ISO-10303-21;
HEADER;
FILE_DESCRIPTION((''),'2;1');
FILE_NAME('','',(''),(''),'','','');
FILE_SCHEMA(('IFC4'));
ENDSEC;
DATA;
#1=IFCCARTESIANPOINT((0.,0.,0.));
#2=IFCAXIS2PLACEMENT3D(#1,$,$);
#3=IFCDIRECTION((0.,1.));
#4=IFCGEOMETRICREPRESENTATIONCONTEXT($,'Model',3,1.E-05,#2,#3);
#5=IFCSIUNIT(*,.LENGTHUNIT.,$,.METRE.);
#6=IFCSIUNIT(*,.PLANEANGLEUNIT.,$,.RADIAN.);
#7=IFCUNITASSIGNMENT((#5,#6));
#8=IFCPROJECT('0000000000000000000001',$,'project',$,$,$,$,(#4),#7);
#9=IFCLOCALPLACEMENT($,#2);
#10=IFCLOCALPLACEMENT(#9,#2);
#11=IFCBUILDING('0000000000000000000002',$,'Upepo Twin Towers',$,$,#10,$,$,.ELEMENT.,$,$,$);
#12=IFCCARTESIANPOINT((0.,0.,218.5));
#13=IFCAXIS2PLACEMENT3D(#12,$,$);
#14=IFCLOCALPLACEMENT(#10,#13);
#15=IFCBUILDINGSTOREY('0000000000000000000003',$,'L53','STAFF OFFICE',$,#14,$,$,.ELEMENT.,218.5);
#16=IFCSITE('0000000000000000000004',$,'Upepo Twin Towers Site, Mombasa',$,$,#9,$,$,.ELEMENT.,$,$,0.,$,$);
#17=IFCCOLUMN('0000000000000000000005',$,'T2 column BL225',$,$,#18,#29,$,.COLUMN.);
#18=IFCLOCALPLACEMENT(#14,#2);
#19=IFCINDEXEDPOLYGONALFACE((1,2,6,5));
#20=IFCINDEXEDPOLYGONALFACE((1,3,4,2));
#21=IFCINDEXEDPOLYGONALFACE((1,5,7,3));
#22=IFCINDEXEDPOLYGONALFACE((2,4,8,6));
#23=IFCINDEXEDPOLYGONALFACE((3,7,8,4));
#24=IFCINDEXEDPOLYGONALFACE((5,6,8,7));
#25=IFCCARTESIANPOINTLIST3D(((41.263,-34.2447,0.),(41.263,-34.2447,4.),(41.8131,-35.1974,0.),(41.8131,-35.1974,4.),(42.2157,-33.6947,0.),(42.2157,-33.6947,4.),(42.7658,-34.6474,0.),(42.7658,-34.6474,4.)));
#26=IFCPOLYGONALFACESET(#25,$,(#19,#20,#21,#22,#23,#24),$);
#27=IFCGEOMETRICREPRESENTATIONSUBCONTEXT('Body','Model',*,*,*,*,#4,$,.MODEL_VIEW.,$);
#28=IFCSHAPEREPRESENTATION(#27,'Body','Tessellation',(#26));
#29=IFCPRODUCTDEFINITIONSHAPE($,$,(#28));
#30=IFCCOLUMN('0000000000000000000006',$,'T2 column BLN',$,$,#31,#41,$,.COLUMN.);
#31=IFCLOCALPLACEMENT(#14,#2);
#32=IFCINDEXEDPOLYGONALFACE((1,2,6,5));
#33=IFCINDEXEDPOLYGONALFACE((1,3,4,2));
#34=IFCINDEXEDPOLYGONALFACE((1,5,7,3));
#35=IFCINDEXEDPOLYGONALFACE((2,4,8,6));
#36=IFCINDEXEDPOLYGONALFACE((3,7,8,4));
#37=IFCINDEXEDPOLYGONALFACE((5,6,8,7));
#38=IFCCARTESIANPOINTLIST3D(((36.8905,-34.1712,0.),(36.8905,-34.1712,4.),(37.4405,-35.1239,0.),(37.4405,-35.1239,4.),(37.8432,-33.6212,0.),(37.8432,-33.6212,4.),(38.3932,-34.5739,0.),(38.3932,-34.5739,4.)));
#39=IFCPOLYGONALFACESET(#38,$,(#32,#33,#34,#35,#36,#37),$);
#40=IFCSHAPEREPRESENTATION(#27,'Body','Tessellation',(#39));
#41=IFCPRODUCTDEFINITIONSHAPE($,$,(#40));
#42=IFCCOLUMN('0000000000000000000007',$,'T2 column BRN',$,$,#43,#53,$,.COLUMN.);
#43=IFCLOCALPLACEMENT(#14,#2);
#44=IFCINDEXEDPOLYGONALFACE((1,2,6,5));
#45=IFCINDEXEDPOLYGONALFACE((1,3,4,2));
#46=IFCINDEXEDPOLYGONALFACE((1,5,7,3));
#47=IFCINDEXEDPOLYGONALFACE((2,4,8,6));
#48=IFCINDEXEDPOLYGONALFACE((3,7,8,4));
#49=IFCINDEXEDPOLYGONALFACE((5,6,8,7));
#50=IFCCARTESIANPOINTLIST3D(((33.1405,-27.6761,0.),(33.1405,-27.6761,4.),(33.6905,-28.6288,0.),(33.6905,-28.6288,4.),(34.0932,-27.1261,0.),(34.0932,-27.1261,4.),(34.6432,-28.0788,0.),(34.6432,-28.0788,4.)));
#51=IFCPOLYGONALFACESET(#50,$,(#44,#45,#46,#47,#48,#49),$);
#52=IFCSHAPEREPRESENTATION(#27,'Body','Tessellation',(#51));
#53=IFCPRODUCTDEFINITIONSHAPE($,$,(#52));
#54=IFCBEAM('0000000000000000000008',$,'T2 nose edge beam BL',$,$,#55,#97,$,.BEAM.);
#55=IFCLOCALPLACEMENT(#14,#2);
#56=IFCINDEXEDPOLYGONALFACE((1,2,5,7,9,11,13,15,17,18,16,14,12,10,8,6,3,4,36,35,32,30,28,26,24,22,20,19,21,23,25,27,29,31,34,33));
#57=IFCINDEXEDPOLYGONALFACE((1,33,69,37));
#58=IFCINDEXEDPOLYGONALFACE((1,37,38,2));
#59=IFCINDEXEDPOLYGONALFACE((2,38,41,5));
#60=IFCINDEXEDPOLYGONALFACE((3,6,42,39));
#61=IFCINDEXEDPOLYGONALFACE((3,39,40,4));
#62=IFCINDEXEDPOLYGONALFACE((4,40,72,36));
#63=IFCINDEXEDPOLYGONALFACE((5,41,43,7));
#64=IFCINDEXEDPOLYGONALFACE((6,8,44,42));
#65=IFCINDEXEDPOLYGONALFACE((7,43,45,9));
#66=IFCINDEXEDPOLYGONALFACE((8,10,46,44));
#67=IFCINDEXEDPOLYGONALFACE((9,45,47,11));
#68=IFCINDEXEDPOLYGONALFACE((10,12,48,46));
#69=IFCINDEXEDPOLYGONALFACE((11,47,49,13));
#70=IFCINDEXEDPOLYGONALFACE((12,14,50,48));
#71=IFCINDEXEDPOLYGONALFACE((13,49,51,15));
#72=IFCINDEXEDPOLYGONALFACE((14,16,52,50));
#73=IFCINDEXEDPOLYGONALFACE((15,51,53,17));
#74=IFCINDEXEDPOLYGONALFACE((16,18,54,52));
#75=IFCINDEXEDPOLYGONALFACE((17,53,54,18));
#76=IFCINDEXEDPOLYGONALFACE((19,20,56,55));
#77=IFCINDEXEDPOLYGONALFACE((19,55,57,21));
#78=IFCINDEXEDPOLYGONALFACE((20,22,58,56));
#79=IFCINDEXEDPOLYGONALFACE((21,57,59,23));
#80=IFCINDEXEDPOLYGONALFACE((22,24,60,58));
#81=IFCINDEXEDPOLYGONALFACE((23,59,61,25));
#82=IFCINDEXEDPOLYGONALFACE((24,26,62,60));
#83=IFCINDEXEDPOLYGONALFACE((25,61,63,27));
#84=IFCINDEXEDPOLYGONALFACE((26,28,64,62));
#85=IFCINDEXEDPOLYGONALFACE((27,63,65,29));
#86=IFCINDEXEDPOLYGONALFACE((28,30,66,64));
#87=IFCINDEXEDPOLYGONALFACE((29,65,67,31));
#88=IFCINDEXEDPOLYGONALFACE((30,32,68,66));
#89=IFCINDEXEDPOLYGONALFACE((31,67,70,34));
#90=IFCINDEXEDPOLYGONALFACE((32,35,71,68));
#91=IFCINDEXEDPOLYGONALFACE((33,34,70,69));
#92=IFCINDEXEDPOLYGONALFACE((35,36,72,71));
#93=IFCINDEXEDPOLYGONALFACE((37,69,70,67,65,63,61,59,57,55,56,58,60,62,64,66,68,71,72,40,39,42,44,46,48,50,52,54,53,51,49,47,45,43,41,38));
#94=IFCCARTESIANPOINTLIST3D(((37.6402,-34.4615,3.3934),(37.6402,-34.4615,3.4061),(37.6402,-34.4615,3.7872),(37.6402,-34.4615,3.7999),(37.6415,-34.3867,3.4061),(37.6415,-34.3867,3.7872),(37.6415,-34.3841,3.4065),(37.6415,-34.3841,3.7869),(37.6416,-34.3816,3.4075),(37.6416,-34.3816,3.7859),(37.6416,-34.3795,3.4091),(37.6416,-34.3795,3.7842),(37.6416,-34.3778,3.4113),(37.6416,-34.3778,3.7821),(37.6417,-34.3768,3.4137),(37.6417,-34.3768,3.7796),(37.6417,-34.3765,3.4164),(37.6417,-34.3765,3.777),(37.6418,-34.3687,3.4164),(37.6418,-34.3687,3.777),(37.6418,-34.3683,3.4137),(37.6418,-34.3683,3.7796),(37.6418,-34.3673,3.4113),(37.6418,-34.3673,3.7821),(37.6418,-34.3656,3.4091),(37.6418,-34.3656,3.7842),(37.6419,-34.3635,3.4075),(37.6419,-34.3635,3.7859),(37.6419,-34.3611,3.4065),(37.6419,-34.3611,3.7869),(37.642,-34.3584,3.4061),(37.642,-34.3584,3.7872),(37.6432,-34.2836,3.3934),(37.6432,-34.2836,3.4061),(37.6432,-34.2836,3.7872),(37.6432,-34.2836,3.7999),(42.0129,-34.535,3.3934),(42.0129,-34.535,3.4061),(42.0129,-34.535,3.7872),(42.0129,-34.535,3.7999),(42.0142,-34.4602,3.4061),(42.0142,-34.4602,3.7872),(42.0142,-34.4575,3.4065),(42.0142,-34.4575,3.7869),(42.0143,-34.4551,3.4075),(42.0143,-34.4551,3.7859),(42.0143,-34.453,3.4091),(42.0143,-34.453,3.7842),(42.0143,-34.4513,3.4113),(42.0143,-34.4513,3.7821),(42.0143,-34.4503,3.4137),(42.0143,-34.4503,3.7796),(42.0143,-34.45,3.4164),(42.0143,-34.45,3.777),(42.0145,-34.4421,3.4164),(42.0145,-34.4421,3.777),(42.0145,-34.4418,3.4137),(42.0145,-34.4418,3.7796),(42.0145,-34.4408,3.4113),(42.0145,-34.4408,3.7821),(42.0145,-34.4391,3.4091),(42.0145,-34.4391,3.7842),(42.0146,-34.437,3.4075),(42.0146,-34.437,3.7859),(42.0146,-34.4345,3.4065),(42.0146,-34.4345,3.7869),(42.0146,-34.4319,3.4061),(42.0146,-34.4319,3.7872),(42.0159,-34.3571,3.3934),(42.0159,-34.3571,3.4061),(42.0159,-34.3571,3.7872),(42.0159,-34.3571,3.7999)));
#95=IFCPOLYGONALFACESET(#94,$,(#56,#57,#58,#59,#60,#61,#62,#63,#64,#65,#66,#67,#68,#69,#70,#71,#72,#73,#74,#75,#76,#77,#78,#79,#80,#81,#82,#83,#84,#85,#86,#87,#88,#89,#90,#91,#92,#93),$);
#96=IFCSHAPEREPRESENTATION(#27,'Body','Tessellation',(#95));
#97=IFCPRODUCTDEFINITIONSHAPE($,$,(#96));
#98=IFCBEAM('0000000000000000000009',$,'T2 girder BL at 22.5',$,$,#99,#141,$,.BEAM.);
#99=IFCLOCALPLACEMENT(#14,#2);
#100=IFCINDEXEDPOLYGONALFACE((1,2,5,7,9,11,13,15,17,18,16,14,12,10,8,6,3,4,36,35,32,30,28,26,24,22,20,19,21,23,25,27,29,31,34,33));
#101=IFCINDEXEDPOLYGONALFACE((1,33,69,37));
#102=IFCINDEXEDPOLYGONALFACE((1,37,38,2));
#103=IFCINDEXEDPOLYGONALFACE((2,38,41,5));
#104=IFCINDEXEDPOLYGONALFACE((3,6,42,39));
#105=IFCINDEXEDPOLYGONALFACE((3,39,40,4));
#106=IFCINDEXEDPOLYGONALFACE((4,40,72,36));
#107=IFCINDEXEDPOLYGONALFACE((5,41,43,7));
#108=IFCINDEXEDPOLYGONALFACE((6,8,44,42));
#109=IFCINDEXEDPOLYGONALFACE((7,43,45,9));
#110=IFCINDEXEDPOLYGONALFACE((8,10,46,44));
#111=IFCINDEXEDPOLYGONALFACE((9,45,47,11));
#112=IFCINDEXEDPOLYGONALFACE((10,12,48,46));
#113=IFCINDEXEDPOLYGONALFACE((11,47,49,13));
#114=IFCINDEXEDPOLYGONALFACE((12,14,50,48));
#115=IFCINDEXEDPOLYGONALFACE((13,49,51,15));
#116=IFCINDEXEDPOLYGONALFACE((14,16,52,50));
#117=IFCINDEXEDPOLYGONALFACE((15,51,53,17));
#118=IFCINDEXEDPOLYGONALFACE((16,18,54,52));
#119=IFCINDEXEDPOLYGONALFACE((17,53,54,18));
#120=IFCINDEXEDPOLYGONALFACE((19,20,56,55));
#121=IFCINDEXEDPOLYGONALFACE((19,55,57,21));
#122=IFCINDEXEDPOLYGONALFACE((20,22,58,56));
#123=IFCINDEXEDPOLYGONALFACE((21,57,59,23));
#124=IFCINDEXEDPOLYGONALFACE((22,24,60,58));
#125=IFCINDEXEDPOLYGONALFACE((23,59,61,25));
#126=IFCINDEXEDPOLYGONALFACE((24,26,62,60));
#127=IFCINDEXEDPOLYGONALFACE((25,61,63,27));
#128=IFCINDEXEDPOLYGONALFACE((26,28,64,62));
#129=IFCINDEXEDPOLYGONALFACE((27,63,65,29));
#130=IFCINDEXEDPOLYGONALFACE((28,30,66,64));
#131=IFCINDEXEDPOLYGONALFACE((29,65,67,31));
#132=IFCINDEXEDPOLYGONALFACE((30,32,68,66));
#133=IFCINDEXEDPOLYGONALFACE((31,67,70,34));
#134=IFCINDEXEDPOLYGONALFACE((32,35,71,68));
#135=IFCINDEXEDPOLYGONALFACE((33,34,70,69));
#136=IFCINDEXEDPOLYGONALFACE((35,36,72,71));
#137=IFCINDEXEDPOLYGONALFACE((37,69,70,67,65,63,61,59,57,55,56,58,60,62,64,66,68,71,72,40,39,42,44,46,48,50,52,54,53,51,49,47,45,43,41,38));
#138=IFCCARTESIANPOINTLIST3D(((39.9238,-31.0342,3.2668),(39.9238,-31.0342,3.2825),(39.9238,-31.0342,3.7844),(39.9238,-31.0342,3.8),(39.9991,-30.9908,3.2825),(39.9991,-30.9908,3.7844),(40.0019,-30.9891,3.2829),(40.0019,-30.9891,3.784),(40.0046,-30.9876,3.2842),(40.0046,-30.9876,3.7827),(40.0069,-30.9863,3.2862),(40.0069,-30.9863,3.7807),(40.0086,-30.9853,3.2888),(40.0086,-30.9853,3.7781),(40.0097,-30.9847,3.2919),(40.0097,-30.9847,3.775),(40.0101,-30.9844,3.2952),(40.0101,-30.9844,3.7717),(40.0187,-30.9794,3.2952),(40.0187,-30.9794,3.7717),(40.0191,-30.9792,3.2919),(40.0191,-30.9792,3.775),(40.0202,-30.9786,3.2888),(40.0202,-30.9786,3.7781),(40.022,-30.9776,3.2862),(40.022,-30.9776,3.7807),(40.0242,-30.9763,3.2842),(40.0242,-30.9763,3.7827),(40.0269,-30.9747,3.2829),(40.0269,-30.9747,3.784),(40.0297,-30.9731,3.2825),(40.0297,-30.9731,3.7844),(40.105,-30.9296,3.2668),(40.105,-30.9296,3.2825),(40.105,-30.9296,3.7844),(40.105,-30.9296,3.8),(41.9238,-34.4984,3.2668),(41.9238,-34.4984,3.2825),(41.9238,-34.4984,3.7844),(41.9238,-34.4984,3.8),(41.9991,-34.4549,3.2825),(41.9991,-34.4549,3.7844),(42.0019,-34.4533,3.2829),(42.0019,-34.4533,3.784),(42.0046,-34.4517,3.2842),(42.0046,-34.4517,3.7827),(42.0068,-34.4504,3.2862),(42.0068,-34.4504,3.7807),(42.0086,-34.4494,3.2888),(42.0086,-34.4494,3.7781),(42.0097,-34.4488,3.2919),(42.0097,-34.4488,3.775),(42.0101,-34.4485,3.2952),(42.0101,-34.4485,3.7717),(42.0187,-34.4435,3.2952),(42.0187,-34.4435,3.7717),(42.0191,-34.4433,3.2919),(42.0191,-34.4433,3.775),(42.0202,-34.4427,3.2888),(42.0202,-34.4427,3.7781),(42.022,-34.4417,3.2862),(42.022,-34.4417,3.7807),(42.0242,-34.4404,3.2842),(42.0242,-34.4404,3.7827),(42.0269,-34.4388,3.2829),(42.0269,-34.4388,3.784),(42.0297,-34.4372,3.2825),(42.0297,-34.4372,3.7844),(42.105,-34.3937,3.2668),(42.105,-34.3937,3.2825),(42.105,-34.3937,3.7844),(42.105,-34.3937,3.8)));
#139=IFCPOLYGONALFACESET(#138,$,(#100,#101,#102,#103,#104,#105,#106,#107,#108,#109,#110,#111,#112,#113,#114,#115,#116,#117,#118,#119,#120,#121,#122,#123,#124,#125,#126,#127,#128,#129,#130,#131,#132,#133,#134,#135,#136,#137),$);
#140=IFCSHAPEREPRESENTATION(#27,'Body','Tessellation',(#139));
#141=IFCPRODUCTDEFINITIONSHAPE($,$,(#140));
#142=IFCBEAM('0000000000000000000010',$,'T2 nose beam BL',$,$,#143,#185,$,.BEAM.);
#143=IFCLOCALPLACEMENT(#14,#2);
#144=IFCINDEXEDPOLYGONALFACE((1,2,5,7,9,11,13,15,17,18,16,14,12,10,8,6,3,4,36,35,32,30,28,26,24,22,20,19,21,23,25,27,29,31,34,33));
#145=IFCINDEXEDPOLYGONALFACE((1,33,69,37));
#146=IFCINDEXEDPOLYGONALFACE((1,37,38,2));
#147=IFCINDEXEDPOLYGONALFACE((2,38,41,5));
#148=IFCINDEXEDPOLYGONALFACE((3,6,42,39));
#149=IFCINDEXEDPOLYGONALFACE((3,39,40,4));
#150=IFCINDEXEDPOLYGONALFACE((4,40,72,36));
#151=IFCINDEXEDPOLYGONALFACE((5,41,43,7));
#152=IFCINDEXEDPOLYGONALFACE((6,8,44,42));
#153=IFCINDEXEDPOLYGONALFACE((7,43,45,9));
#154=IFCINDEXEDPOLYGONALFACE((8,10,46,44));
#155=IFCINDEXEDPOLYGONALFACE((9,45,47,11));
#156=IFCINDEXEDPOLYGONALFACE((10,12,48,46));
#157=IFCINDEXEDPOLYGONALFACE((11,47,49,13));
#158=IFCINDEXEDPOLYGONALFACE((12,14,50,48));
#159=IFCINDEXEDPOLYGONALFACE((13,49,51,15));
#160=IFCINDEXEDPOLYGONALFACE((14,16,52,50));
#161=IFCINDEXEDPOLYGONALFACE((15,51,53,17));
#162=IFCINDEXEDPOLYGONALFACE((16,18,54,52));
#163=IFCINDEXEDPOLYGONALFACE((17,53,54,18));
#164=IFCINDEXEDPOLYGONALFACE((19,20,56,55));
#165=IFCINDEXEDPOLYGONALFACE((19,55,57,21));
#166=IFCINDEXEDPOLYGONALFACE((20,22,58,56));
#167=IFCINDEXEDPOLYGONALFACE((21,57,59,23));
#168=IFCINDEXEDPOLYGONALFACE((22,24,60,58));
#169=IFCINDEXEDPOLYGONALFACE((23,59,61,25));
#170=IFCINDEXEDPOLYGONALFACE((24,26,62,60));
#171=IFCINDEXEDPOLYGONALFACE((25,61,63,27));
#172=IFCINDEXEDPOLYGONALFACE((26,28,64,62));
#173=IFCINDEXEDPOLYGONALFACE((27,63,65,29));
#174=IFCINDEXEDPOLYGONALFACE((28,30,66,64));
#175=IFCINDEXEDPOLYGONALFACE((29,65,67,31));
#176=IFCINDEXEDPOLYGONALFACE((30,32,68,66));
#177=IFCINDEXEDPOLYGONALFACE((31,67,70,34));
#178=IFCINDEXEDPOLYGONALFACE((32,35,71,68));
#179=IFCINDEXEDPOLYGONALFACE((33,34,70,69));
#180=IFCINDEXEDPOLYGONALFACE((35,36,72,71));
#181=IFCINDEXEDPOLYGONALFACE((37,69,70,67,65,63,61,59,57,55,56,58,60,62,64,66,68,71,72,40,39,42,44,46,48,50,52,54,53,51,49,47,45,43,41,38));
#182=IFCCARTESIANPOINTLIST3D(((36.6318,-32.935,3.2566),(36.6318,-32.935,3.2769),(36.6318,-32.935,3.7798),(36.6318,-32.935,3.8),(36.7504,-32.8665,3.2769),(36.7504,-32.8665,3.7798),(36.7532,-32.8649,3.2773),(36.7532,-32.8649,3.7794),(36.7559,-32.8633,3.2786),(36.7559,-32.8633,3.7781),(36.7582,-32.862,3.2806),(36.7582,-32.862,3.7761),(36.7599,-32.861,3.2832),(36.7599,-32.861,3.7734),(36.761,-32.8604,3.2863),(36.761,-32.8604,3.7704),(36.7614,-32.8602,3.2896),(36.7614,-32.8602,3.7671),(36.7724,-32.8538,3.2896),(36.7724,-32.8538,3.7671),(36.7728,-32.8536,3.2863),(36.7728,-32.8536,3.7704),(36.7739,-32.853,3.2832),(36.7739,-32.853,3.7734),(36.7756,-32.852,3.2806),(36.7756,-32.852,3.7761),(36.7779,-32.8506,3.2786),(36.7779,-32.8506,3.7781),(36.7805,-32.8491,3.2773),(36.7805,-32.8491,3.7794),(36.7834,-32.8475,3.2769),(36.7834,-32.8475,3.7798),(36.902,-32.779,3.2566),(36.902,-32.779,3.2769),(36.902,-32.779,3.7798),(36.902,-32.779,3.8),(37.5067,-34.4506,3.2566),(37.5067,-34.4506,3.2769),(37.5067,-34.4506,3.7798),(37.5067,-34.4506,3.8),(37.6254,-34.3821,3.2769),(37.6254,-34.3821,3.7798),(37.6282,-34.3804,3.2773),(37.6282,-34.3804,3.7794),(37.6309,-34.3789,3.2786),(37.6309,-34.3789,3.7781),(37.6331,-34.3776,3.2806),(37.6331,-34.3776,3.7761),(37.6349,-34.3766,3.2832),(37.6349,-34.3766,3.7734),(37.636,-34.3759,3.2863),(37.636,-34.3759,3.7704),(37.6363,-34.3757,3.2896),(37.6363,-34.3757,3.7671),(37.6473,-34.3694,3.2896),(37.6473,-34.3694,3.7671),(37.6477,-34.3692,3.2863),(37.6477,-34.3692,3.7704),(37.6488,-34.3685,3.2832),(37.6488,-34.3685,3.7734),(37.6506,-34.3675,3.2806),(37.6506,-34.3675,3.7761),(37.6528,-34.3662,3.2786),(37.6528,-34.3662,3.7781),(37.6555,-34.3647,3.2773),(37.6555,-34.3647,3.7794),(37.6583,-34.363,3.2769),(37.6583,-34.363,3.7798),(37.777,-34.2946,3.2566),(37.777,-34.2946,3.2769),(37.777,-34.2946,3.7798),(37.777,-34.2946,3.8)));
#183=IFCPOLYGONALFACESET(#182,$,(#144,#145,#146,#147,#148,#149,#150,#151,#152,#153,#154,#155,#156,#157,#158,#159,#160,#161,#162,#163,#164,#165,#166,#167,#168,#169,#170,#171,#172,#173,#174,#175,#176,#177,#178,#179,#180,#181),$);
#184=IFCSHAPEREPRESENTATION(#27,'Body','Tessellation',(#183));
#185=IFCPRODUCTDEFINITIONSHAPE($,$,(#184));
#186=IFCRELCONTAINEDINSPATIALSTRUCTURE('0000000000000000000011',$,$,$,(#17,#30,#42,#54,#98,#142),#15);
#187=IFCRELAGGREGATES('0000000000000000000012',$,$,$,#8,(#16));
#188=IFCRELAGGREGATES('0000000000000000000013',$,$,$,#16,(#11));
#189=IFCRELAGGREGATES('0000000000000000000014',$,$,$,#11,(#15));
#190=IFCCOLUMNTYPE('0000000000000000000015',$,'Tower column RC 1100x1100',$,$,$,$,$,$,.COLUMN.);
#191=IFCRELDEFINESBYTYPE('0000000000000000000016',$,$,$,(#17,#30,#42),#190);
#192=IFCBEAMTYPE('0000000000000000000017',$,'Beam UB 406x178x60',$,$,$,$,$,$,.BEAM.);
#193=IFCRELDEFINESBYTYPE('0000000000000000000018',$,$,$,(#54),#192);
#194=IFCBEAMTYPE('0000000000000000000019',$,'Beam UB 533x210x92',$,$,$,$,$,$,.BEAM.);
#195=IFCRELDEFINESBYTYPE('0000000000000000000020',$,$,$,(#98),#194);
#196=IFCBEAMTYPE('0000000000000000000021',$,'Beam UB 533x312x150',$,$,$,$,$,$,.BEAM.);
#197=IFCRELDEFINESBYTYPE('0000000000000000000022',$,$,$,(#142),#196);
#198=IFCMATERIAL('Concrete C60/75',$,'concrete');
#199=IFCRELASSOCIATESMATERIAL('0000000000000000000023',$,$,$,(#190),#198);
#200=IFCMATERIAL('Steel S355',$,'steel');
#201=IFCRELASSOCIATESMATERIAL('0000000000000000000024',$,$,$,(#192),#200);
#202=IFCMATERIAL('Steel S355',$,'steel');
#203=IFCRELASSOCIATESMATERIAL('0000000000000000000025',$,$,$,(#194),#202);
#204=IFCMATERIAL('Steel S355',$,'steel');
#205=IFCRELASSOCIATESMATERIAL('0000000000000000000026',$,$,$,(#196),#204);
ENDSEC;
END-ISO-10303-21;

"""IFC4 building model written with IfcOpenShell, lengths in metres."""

from ifc_helpers import new_model, si_unit, direction, frame, origin, origin_2d, place, context, subcontext, project, spatial, rectangle, i_section, extrude, material, material_profile, profile_set, type_object, element, save


model = new_model("IFC4")

# Units and contexts
model_context = context("Model", 3, precision=1e-05, world=origin(), true_north=direction((0.0, 1.0)))
body_context = subcontext(model_context, "Body", "Model", "MODEL_VIEW")
ifc_project = project(units=[si_unit("LENGTHUNIT", "METRE"), si_unit("PLANEANGLEUNIT", "RADIAN")], contexts=[model_context])

# Site, building, storey
site_placement = place(None, origin())
site = spatial("IfcSite", under=ifc_project, at=site_placement, Name="Upepo Twin Towers Site, Mombasa", CompositionType="ELEMENT", RefElevation=0.0)
building_placement = place(site_placement, origin())
building = spatial("IfcBuilding", under=site, at=building_placement, Name="Upepo Twin Towers", CompositionType="ELEMENT")
storey_placement = place(building_placement, frame((0.0, 0.0, 218.5)))
storey = spatial("IfcBuildingStorey", under=building, at=storey_placement, Name="L53", Description="STAFF OFFICE", CompositionType="ELEMENT", Elevation=218.5)

# Columns
ifc_material_1 = material(Name="Concrete C60/75", Category="concrete")
ifc_material_profile_1 = material_profile(ifc_material_1, rectangle(XDim=1.1001, YDim=1.1001, at=origin_2d()), Name="RC 1100x1100")
ifc_profile_set_1 = profile_set([ifc_material_profile_1], Name="Concrete C60/75")
column_type = type_object("IfcColumnType", Name="Tower column RC 1100x1100", PredefinedType="COLUMN", material=ifc_profile_set_1)
for number, where, z_axis, x_axis, name in (
    (1, (42.0144, -34.446, 0.0), (0.0, 0.0, 1.0), (0.866025, 0.5, 0.0), "T2 column BL225"),
    (2, (37.6418, -34.3726, 0.0), (0.0, 0.0, 1.0), (0.866025, 0.5, 0.0), "T2 column BLN"),
    (3, (33.8918, -27.8774, 0.0), (0.0, 0.0, 1.0), (0.866025, 0.5, 0.0), "T2 column BRN"),
):
    element("IfcColumn", number, at=place(storey_placement, frame(where, z_axis=z_axis, x_axis=x_axis)), inside=storey, type_object=column_type, Name=name, PredefinedType="COLUMN", context=body_context, shape_type="SweptSolid", body=[
        extrude(rectangle(XDim=1.1001, YDim=1.1001, at=origin_2d()), origin(), (0.0, 0.0, 1.0), 4.0),
    ])

# Beams
ifc_material_2 = material(Name="Steel S355", Category="steel")
ifc_material_profile_2 = material_profile(ifc_material_2, i_section(OverallWidth=0.178, OverallDepth=0.4065, WebThickness=0.0078, FlangeThickness=0.0127, FilletRadius=0.0103, at=origin_2d()), Name="UB 406x178x60")
ifc_profile_set_2 = profile_set([ifc_material_profile_2], Name="Steel S355")
beam_type_1 = type_object("IfcBeamType", Name="Beam UB 406x178x60", PredefinedType="BEAM", material=ifc_profile_set_2)
beam_1_placement = place(storey_placement, frame((42.0144, -34.446, 3.5967), z_axis=(-0.999859, 0.016804, 0.0), x_axis=(-0.016804, -0.999859, 0.0)))
element("IfcBeam", 4, at=beam_1_placement, inside=storey, type_object=beam_type_1, Name="T2 nose edge beam BL", PredefinedType="BEAM", context=body_context, shape_type="SweptSolid", body=[
    extrude(i_section(OverallWidth=0.178, OverallDepth=0.4065, WebThickness=0.0078, FlangeThickness=0.0127, FilletRadius=0.0103, at=origin_2d()), origin(), (0.0, 0.0, 1.0), 4.3733),
])
ifc_material_3 = material(Name="Steel S355", Category="steel")
ifc_material_profile_3 = material_profile(ifc_material_3, i_section(OverallWidth=0.2092, OverallDepth=0.5332, WebThickness=0.01, FlangeThickness=0.0156, FilletRadius=0.0127, at=origin_2d()), Name="UB 533x210x92")
ifc_profile_set_3 = profile_set([ifc_material_profile_3], Name="Steel S355")
beam_type_2 = type_object("IfcBeamType", Name="Beam UB 533x210x92", PredefinedType="BEAM", material=ifc_profile_set_3)
beam_2_placement = place(storey_placement, frame((42.0144, -34.446, 3.5334), z_axis=(-0.499999, 0.866026, 0.0), x_axis=(-0.866026, -0.499999, 0.0)))
element("IfcBeam", 5, at=beam_2_placement, inside=storey, type_object=beam_type_2, Name="T2 girder BL at 22.5", PredefinedType="BEAM", context=body_context, shape_type="SweptSolid", body=[
    extrude(i_section(OverallWidth=0.2092, OverallDepth=0.5332, WebThickness=0.01, FlangeThickness=0.0156, FilletRadius=0.0127, at=origin_2d()), origin(), (0.0, 0.0, 1.0), 4.0),
])
ifc_material_4 = material(Name="Steel S355", Category="steel")
ifc_material_profile_4 = material_profile(ifc_material_4, i_section(OverallWidth=0.312, OverallDepth=0.5435, WebThickness=0.0127, FlangeThickness=0.0203, FilletRadius=0.0127, at=origin_2d()), Name="UB 533x312x150")
ifc_profile_set_4 = profile_set([ifc_material_profile_4], Name="Steel S355")
beam_type_3 = type_object("IfcBeamType", Name="Beam UB 533x312x150", PredefinedType="BEAM", material=ifc_profile_set_4)
for number, where, z_axis, x_axis, name in (
    (6, (37.6418, -34.3726, 3.5283), (-0.49998, 0.866037, 0.0), (-0.866037, -0.49998, 0.0), "T2 nose beam BL"),
):
    element("IfcBeam", number, at=place(storey_placement, frame(where, z_axis=z_axis, x_axis=x_axis)), inside=storey, type_object=beam_type_3, Name=name, PredefinedType="BEAM", context=body_context, shape_type="SweptSolid", body=[
        extrude(i_section(OverallWidth=0.312, OverallDepth=0.5435, WebThickness=0.0127, FlangeThickness=0.0203, FilletRadius=0.0127, at=origin_2d()), origin(), (0.0, 0.0, 1.0), 1.75),
    ])

save(model, "model.ifc")
